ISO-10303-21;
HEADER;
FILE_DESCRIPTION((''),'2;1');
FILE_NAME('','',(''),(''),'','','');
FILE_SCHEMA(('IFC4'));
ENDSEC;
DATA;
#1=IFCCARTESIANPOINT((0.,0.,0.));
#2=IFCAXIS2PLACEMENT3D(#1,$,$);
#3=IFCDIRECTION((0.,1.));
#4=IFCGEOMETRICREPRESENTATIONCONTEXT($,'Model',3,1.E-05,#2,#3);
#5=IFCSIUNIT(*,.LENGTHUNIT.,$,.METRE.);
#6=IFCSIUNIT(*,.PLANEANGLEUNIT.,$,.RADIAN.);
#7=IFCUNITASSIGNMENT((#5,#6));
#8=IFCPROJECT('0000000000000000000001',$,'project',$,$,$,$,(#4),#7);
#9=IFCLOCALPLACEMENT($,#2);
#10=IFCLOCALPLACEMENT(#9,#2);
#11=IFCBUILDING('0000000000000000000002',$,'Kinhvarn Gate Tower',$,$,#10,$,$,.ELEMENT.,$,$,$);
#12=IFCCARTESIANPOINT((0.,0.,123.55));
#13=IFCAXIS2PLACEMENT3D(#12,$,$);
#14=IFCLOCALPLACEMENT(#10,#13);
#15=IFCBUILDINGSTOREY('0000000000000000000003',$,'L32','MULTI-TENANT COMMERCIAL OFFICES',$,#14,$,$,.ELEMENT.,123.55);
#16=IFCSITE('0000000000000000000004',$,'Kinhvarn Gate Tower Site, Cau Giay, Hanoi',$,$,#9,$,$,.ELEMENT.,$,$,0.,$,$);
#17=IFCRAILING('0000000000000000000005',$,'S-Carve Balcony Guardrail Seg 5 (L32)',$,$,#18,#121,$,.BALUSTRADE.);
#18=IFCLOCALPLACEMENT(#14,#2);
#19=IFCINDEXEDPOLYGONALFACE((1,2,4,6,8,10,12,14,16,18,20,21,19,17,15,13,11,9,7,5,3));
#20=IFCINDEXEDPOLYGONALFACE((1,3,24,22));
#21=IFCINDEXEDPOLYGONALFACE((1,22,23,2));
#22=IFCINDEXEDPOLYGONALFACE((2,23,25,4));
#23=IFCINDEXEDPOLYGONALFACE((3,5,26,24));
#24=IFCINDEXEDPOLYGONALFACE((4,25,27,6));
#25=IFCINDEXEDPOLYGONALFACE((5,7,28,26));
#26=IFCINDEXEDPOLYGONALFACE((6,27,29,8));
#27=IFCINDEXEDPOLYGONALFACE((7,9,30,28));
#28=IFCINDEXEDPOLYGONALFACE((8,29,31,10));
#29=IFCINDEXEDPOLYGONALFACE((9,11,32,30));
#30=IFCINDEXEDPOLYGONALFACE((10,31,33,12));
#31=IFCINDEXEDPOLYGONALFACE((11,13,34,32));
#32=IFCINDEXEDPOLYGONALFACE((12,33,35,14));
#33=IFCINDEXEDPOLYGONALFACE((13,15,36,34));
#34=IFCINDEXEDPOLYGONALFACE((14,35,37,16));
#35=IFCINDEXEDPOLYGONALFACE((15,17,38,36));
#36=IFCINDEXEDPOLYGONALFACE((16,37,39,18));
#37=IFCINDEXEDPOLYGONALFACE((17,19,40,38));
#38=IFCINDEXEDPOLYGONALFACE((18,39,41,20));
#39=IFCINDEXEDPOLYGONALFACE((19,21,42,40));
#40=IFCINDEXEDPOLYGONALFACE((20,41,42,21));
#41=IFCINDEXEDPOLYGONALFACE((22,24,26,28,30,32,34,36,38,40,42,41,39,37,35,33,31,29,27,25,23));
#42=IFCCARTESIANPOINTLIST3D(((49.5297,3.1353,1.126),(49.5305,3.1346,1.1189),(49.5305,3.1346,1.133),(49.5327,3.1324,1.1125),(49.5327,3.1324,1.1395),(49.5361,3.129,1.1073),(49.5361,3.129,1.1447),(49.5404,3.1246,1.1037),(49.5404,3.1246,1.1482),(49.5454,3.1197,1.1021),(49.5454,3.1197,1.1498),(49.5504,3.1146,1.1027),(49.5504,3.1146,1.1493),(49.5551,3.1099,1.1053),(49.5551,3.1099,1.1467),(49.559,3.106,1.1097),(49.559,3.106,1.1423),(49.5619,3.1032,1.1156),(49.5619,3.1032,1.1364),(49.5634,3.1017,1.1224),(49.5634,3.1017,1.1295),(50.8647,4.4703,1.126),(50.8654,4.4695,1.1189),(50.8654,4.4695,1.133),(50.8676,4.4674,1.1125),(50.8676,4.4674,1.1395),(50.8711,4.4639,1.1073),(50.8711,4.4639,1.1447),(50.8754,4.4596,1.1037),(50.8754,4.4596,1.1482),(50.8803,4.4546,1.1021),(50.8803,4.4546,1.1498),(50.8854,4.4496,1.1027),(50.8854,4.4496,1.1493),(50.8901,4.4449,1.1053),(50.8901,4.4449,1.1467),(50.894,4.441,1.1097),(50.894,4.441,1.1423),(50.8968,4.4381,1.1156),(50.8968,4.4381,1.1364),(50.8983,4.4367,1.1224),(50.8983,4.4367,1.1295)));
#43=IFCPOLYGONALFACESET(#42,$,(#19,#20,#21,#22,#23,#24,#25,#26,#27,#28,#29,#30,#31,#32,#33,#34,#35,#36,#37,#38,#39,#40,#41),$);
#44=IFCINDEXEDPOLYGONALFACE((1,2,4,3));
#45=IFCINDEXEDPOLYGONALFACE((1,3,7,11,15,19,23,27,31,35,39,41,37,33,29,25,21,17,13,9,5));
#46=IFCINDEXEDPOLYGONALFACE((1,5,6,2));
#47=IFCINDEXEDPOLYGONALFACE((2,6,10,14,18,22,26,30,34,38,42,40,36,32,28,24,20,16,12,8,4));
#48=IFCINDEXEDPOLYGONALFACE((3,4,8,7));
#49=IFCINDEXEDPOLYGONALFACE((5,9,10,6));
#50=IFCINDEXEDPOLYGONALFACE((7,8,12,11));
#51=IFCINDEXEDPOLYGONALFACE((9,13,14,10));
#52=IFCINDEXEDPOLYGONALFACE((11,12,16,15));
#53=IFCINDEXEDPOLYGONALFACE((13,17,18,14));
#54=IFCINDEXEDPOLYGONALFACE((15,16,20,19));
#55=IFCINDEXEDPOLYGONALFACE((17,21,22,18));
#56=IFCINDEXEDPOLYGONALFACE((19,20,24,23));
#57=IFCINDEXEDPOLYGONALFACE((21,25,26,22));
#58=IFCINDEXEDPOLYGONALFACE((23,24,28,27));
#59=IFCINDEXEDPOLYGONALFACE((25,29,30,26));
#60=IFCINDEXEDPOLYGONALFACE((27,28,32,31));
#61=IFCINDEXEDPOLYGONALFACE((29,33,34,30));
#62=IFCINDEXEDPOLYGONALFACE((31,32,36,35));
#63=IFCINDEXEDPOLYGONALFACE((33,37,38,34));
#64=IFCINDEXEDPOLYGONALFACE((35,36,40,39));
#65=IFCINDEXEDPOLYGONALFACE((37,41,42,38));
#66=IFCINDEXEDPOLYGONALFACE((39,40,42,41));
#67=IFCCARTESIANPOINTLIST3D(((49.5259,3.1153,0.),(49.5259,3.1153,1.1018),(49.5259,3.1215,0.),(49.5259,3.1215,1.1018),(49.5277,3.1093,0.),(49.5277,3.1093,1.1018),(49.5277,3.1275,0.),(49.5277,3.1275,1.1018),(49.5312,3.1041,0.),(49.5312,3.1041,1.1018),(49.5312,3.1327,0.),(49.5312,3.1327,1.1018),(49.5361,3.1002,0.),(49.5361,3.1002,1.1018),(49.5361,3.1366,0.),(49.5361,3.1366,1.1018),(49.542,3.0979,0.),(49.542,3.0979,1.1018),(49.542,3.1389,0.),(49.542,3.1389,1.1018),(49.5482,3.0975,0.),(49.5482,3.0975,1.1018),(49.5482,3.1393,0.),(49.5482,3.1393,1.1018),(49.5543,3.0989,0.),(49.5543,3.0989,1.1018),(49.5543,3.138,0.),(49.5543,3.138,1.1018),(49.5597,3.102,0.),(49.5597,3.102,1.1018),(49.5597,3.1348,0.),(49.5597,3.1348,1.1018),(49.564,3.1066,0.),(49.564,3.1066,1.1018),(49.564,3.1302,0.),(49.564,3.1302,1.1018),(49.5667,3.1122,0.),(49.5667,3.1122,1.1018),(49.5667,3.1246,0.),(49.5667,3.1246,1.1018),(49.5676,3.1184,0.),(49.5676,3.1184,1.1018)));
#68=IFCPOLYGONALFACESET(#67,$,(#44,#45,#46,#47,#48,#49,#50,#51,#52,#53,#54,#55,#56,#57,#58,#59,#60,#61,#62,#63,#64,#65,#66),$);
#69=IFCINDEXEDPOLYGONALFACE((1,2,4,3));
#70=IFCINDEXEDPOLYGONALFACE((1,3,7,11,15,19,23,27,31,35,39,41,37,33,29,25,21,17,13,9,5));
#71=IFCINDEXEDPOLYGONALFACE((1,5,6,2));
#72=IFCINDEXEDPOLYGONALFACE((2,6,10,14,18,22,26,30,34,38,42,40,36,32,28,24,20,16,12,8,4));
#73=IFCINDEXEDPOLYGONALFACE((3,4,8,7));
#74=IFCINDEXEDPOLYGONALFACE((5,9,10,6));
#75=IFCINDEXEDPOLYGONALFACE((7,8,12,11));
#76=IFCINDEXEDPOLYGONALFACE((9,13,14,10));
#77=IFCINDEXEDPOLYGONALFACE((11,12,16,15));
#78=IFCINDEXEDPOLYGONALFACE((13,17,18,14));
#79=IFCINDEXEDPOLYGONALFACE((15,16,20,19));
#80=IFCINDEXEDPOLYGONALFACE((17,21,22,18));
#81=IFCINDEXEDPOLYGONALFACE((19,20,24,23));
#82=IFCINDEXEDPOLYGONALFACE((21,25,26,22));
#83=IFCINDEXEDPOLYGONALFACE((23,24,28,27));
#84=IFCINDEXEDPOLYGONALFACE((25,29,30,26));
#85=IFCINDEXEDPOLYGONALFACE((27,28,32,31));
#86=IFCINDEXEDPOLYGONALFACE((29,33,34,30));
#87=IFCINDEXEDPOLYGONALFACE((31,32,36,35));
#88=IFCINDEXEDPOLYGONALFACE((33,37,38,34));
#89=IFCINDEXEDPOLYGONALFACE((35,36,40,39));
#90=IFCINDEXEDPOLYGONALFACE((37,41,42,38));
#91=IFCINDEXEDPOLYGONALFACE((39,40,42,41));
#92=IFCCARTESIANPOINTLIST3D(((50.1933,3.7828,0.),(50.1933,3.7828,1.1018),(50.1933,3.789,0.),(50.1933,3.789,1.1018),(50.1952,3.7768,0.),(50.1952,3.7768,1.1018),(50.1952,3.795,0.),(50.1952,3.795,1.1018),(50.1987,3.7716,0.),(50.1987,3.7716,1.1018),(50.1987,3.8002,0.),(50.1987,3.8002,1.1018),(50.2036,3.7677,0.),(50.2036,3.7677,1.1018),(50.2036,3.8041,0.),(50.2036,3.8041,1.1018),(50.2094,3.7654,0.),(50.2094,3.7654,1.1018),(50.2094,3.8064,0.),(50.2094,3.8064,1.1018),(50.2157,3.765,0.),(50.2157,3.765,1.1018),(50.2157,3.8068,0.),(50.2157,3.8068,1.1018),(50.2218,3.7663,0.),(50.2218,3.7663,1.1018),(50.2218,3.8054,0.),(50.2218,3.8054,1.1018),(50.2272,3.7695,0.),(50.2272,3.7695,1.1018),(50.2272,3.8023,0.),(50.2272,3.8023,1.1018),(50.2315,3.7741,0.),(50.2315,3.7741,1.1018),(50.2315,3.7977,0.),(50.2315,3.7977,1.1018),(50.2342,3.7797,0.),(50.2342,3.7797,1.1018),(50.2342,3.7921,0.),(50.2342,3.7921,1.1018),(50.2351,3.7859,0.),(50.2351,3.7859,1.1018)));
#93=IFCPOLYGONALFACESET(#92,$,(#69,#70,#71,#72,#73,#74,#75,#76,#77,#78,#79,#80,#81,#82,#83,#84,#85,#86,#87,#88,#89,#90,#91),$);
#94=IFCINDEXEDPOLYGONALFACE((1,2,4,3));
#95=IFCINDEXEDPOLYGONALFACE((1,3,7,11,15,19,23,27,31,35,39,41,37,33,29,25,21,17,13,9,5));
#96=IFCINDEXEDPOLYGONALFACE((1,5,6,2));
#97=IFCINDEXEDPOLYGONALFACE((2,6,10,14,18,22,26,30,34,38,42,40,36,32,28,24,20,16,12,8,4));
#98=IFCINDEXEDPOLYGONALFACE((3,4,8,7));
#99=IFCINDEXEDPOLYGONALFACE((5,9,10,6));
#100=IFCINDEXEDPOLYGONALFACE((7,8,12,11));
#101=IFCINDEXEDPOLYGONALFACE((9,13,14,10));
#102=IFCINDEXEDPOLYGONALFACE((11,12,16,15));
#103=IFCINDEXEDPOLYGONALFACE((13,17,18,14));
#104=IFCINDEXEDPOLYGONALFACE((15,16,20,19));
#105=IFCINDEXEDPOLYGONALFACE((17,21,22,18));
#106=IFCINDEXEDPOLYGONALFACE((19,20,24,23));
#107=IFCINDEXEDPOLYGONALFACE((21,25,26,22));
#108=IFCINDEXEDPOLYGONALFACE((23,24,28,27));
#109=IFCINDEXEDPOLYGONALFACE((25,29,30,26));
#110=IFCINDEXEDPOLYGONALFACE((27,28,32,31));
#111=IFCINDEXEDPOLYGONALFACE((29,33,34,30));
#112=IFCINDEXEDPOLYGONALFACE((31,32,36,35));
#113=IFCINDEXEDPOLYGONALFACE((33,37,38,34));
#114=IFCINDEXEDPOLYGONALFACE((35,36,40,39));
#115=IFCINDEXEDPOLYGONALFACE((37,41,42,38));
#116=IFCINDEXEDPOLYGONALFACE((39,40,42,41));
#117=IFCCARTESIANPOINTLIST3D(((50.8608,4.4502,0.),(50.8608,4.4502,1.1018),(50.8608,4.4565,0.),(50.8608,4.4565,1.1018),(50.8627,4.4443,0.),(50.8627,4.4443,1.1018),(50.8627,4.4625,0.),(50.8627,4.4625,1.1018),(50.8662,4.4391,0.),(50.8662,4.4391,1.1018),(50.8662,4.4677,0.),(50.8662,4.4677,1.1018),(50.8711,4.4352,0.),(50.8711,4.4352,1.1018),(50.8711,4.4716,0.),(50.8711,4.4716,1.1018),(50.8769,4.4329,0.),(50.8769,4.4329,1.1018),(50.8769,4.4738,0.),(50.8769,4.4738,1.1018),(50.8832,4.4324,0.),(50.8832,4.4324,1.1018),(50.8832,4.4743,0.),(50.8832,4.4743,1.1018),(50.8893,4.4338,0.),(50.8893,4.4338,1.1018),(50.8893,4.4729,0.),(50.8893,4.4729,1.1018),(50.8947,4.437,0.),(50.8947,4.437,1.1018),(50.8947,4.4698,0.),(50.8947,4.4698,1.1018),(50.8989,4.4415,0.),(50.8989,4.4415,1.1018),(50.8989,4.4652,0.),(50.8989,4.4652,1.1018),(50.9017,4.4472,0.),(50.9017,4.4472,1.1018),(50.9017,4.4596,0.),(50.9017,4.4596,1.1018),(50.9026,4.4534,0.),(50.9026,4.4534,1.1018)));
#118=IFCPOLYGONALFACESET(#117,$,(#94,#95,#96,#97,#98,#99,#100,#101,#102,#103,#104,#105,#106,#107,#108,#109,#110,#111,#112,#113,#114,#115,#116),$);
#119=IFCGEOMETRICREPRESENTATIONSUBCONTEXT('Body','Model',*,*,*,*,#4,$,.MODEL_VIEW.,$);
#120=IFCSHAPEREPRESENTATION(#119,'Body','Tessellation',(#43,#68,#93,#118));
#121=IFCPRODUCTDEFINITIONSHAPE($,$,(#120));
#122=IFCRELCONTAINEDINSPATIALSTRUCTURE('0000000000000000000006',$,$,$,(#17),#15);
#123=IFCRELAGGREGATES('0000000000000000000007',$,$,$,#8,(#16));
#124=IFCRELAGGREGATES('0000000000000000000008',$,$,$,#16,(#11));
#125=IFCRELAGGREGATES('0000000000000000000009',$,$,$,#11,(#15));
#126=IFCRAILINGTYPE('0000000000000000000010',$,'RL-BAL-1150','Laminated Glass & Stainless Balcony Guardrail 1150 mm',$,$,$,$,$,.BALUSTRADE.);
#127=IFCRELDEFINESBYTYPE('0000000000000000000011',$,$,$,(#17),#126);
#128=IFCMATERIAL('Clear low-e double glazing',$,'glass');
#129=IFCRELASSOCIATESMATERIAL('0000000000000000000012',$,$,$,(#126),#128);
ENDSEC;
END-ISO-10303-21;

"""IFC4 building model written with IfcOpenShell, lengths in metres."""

from ifc_helpers import new_model, si_unit, direction, frame, origin, origin_2d, place, context, subcontext, project, spatial, circle, extrude, material, type_object, element, save


model = new_model("IFC4")

# Units and contexts
model_context = context("Model", 3, precision=1e-05, world=origin(), true_north=direction((0.0, 1.0)))
body_context = subcontext(model_context, "Body", "Model", "MODEL_VIEW")
ifc_project = project(units=[si_unit("LENGTHUNIT", "METRE"), si_unit("PLANEANGLEUNIT", "RADIAN")], contexts=[model_context])

# Site, building, storey
site_placement = place(None, origin())
site = spatial("IfcSite", under=ifc_project, at=site_placement, Name="Kinhvarn Gate Tower Site, Cau Giay, Hanoi", CompositionType="ELEMENT", RefElevation=0.0)
building_placement = place(site_placement, origin())
building = spatial("IfcBuilding", under=site, at=building_placement, Name="Kinhvarn Gate Tower", CompositionType="ELEMENT")
storey_placement = place(building_placement, frame((0.0, 0.0, 123.55)))
storey = spatial("IfcBuildingStorey", under=building, at=storey_placement, Name="L32", Description="MULTI-TENANT COMMERCIAL OFFICES", CompositionType="ELEMENT", Elevation=123.55)

# Shared definitions
ifc_material_1 = material(Name="Clear low-e double glazing", Category="glass")

# Railing
railing_type = type_object("IfcRailingType", Name="RL-BAL-1150", Description="Laminated Glass & Stainless Balcony Guardrail 1150 mm", PredefinedType="BALUSTRADE", material=ifc_material_1)
railing_1_placement = place(storey_placement, frame((49.5466, 3.1184, 0.0)))
element("IfcRailing", 1, at=railing_1_placement, inside=storey, type_object=railing_type, Name="S-Carve Balcony Guardrail Seg 5 (L32)", PredefinedType="BALUSTRADE", context=body_context, shape_type="SweptSolid", body=[
    extrude(circle(Radius=0.0239, at=origin_2d()), frame((0.0, 0.0, 1.126), z_axis=(0.707107, 0.707107, 0.0), x_axis=(-0.707107, 0.707107, 0.0)), (0.0, 0.0, 1.0), 1.8879),
    extrude(circle(Radius=0.021, at=origin_2d()), origin(), (0.0, 0.0, 1.0), 1.1018),
    extrude(circle(Radius=0.021, at=origin_2d()), frame((0.6675, 0.6675, 0.0)), (0.0, 0.0, 1.0), 1.1018),
    extrude(circle(Radius=0.021, at=origin_2d()), frame((1.335, 1.335, 0.0)), (0.0, 0.0, 1.0), 1.1018),
])

save(model, "model.ifc")
